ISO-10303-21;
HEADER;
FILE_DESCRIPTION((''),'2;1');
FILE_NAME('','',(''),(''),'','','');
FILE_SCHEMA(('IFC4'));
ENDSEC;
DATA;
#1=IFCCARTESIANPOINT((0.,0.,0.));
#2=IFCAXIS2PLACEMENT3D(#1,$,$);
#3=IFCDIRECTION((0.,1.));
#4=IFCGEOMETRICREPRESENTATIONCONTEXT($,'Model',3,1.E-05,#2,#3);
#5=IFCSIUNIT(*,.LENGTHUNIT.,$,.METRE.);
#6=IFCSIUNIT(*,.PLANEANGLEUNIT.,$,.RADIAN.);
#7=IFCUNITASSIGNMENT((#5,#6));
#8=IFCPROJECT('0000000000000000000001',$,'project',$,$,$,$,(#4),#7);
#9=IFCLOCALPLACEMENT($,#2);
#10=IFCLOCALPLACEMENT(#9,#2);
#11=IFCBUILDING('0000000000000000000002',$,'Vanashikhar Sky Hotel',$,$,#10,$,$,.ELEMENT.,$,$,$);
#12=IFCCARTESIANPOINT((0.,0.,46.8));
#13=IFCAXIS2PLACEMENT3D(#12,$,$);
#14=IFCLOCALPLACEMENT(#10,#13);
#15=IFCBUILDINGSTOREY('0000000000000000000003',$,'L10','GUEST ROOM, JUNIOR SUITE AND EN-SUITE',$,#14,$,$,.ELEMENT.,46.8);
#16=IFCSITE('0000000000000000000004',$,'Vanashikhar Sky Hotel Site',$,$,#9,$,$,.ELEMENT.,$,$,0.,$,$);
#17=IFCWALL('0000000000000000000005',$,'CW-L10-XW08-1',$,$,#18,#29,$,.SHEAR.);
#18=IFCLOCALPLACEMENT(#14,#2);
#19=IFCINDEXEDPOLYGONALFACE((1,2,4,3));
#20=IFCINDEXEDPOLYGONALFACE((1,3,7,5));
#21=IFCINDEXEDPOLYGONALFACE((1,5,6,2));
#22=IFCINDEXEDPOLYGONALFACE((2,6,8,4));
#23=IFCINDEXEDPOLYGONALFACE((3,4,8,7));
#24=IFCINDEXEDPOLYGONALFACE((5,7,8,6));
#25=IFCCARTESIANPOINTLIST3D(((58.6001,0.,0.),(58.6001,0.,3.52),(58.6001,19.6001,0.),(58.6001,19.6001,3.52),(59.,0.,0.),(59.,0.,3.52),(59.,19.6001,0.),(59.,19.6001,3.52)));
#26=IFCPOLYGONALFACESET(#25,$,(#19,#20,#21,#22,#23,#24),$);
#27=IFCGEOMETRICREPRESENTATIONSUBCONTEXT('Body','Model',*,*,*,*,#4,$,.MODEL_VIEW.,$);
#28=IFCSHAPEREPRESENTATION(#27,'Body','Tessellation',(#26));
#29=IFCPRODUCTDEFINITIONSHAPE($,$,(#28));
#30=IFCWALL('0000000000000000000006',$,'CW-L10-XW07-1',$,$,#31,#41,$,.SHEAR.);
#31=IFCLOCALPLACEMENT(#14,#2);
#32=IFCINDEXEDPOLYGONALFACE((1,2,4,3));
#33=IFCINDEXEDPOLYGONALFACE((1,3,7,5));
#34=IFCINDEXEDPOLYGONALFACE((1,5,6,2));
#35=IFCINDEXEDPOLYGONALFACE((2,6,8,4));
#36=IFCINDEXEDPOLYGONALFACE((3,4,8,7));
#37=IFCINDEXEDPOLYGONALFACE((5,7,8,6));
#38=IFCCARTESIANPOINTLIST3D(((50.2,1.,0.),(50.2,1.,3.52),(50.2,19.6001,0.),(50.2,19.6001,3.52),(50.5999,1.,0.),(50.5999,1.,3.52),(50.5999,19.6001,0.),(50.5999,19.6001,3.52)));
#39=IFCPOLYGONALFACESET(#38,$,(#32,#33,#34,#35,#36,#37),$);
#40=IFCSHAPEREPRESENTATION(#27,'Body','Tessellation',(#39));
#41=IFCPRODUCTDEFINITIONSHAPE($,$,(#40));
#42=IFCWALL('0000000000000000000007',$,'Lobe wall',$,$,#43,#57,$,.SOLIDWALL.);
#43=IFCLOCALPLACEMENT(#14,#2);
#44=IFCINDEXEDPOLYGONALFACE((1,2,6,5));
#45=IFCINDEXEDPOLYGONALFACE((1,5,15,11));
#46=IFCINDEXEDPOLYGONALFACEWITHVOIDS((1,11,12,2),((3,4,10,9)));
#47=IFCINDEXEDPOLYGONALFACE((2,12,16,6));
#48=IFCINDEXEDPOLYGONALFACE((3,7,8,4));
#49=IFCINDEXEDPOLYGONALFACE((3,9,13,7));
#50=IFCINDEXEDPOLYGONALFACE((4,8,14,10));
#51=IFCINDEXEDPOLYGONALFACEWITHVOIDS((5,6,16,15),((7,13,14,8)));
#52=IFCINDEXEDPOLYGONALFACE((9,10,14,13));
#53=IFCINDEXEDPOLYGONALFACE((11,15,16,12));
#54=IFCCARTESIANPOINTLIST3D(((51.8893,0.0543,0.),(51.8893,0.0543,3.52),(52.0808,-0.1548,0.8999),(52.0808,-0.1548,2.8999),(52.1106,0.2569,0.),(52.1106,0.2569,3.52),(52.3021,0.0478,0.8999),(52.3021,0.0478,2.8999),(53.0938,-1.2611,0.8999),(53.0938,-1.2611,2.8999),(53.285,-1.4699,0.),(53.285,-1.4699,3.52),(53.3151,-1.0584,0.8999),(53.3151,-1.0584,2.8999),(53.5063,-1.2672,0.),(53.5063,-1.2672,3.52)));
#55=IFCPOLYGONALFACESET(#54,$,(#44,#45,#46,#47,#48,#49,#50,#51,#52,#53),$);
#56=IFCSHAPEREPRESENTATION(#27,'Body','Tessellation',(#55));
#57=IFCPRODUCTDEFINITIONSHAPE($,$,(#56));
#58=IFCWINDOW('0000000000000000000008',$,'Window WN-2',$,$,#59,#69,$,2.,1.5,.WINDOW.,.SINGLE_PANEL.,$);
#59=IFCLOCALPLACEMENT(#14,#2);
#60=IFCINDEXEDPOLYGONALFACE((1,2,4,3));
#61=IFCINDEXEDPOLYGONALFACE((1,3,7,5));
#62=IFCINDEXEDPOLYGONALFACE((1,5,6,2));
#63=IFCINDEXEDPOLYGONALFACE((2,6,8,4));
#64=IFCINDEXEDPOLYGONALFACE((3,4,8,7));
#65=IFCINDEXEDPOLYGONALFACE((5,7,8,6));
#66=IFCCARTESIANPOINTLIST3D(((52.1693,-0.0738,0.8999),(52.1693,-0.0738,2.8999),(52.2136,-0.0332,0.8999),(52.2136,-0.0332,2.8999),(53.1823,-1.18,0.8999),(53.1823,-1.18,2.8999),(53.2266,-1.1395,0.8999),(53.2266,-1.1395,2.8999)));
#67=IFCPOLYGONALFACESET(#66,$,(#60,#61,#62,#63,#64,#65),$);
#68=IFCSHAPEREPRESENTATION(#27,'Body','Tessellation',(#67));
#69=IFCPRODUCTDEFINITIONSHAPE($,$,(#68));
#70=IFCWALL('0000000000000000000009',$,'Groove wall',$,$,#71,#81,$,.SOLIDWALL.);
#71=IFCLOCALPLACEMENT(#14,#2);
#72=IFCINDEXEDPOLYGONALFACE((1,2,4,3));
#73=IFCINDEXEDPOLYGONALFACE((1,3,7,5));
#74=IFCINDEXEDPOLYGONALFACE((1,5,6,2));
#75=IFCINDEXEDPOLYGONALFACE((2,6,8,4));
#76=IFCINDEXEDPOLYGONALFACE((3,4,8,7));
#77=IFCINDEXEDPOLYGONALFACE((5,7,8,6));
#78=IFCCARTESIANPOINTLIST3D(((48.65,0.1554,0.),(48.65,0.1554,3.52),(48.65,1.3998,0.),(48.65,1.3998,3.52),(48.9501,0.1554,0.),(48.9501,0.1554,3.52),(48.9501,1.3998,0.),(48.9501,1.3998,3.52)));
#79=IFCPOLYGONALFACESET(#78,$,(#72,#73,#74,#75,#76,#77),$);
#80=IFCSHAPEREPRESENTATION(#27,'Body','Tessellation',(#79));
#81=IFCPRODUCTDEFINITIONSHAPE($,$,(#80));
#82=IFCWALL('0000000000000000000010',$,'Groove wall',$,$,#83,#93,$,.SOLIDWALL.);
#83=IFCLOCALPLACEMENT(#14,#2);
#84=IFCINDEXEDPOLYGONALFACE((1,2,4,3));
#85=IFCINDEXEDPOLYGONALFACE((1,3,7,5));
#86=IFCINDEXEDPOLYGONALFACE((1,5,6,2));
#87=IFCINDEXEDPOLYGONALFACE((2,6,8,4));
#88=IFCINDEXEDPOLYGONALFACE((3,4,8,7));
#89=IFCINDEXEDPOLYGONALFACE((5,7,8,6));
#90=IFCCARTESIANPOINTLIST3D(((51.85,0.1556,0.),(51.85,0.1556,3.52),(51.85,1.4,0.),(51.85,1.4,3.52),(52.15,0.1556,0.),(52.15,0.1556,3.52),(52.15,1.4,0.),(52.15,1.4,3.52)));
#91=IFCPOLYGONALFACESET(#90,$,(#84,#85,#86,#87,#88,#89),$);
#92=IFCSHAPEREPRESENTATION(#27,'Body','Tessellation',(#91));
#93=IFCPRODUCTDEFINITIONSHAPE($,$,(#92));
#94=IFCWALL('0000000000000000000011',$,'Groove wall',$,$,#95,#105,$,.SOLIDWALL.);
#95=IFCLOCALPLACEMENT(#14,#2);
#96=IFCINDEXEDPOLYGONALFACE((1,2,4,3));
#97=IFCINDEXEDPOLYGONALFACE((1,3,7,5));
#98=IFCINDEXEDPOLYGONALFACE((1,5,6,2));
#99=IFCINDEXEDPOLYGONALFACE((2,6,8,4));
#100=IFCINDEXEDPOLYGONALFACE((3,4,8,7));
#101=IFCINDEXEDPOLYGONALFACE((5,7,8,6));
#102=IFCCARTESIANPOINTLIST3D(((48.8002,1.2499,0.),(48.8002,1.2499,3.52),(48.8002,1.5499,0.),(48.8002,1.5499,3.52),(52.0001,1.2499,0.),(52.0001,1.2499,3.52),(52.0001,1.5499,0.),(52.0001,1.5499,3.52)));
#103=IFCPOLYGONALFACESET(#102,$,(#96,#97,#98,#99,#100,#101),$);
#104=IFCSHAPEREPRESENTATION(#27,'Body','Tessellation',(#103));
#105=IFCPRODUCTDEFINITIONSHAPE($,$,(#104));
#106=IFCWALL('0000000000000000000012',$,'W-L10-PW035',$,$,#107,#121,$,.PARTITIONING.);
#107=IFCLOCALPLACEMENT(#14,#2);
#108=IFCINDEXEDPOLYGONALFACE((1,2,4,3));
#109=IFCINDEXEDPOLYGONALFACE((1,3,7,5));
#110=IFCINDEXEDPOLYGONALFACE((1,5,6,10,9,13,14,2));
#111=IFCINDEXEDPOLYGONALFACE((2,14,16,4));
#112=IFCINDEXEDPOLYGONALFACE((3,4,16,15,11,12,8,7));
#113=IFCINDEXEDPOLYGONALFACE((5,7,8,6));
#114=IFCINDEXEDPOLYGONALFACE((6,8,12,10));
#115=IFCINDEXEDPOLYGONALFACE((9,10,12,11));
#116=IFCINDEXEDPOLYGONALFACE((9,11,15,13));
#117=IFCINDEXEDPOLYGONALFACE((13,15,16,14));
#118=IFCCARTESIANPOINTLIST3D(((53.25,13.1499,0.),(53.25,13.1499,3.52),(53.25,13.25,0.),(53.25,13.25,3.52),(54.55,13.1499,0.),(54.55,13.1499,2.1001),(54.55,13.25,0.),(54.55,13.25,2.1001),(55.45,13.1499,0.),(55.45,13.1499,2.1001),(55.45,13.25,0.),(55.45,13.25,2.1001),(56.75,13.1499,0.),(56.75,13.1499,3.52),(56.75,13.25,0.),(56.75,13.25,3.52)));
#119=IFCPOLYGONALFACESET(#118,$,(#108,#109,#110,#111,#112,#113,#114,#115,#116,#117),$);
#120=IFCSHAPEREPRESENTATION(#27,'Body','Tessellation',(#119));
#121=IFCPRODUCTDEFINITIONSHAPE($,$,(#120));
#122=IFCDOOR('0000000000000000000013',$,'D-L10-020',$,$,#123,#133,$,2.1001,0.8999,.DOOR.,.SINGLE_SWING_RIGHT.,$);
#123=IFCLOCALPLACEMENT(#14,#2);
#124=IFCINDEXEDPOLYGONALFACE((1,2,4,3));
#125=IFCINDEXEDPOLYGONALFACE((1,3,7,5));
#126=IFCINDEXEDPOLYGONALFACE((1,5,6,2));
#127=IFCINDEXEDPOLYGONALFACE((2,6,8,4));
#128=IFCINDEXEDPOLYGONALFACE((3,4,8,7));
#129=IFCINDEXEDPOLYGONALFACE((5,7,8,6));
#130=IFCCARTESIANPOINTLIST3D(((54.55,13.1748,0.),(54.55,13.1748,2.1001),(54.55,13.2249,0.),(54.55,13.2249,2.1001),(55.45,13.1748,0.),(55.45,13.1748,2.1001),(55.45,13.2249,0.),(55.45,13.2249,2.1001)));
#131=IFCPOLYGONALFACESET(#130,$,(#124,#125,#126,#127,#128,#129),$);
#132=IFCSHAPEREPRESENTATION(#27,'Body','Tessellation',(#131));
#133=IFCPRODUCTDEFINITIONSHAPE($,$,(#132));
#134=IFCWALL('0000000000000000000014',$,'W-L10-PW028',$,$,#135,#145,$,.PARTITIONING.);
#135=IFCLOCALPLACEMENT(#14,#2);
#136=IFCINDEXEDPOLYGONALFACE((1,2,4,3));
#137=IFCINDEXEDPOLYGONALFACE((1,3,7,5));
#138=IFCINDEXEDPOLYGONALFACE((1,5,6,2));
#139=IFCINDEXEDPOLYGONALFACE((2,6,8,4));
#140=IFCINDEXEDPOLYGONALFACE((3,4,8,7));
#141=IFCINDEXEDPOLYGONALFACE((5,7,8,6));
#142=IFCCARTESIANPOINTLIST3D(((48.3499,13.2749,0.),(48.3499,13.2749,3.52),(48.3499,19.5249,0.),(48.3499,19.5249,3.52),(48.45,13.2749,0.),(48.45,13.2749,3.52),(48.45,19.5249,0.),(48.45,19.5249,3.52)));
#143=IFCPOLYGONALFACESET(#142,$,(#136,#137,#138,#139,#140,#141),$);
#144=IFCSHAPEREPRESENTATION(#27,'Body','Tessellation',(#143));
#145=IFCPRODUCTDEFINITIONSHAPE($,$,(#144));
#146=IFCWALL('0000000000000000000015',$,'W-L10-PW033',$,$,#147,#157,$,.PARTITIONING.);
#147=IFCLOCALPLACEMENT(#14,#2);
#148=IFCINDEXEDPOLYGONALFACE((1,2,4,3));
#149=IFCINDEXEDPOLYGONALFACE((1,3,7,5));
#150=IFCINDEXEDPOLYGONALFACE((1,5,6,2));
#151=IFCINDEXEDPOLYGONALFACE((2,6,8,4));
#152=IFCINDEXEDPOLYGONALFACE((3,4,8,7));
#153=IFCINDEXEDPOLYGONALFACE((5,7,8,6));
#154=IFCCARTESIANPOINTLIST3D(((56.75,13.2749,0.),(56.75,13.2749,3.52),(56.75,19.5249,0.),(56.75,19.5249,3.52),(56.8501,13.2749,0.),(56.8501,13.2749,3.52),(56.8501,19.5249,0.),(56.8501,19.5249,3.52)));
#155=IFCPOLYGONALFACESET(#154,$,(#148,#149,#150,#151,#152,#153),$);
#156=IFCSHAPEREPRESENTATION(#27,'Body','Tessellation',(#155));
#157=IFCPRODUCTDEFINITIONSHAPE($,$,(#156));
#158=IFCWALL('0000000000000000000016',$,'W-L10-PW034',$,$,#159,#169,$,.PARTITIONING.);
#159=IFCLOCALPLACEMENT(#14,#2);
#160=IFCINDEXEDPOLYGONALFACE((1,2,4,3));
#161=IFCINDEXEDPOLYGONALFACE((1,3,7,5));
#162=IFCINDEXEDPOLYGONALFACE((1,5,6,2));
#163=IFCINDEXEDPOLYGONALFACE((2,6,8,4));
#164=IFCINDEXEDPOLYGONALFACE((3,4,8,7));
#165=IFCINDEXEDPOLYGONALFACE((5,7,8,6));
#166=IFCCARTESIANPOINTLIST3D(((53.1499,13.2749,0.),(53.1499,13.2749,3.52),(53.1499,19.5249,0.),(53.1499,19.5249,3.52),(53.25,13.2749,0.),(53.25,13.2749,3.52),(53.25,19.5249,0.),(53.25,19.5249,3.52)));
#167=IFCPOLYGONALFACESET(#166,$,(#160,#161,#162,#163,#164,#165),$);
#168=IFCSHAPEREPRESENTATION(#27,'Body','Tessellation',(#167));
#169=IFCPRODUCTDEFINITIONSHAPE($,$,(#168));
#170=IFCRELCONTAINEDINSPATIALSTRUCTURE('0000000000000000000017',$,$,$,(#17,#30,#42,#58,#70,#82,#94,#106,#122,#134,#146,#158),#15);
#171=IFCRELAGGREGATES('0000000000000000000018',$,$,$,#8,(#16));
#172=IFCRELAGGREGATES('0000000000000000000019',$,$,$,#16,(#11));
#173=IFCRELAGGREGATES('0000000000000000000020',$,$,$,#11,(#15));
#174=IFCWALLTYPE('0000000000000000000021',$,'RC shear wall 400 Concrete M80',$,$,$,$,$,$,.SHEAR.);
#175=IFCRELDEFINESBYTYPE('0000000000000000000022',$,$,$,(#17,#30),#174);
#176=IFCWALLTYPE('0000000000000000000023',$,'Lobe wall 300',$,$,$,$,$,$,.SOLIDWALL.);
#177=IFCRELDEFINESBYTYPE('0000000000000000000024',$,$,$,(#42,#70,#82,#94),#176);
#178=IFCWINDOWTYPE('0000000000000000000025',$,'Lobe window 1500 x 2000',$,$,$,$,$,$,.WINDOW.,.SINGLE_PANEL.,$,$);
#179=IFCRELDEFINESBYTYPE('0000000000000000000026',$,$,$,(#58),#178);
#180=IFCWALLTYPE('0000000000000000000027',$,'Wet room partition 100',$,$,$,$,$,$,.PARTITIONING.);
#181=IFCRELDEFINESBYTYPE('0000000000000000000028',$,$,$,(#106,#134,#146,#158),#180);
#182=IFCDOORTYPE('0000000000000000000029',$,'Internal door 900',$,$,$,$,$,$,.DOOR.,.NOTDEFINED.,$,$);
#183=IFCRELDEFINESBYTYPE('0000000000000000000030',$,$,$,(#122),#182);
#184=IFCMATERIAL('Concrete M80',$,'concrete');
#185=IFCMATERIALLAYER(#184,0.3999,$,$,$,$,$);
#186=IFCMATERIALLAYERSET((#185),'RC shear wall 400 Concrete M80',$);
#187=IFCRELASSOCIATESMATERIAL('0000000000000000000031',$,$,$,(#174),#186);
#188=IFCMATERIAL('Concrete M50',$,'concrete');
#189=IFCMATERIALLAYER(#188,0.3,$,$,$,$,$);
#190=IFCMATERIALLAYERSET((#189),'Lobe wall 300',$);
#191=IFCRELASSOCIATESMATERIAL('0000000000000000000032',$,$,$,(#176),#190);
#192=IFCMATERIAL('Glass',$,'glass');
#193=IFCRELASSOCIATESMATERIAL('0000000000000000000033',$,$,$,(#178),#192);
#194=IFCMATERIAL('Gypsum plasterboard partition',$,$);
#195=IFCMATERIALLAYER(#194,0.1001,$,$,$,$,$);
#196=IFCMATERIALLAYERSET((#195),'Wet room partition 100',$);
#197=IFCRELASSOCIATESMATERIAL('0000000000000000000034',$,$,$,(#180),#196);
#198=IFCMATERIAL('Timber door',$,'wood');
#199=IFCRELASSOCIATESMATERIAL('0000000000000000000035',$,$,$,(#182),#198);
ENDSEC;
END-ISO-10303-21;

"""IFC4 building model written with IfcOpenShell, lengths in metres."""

from ifc_helpers import new_model, si_unit, direction, frame, frame_2d, origin, place, context, subcontext, project, spatial, rectangle, extrude, source, transform, mapped, material, layer, layer_set, type_object, element, fill, save


model = new_model("IFC4")

# Units and contexts
model_context = context("Model", 3, precision=1e-05, world=origin(), true_north=direction((0.0, 1.0)))
body_context = subcontext(model_context, "Body", "Model", "MODEL_VIEW")
ifc_project = project(units=[si_unit("LENGTHUNIT", "METRE"), si_unit("PLANEANGLEUNIT", "RADIAN")], contexts=[model_context])

# Site, building, storey
site_placement = place(None, origin())
site = spatial("IfcSite", under=ifc_project, at=site_placement, Name="Vanashikhar Sky Hotel Site", CompositionType="ELEMENT", RefElevation=0.0)
building_placement = place(site_placement, origin())
building = spatial("IfcBuilding", under=site, at=building_placement, Name="Vanashikhar Sky Hotel", CompositionType="ELEMENT")
storey_placement = place(building_placement, frame((0.0, 0.0, 46.8)))
storey = spatial("IfcBuildingStorey", under=building, at=storey_placement, Name="L10", Description="GUEST ROOM, JUNIOR SUITE AND EN-SUITE", CompositionType="ELEMENT", Elevation=46.8)

# Walls
ifc_material_1 = material(Name="Concrete M80", Category="concrete")
ifc_layer_1 = layer(ifc_material_1, 0.3999)
ifc_layer_set_1 = layer_set([ifc_layer_1], Name="RC shear wall 400 Concrete M80")
wall_type_1 = type_object("IfcWallType", Name="RC shear wall 400 Concrete M80", PredefinedType="SHEAR", material=ifc_layer_set_1)
shared_shape_1 = source(origin(), body_context, "Body", "SweptSolid", [
    extrude(rectangle(XDim=19.6001, YDim=0.3999, at=frame_2d((9.8, 0.0))), origin(), (0.0, 0.0, 1.0), 3.52),
])
wall_1_placement = place(storey_placement, frame((58.8, 0.0, 0.0), z_axis=(0.0, 0.0, 1.0), x_axis=(0.0, 1.0, 0.0)))
element("IfcWall", 1, at=wall_1_placement, inside=storey, type_object=wall_type_1, Name="CW-L10-XW08-1", PredefinedType="SHEAR", context=body_context, shape_type="MappedRepresentation", body=[
    mapped(shared_shape_1, transform((0.0, 0.0, 0.0), scale=1.0)),
])
shared_shape_2 = source(origin(), body_context, "Body", "SweptSolid", [
    extrude(rectangle(XDim=18.6001, YDim=0.3999, at=frame_2d((9.3, 0.0))), origin(), (0.0, 0.0, 1.0), 3.52),
])
wall_2_placement = place(storey_placement, frame((50.3999, 1.0, 0.0), z_axis=(0.0, 0.0, 1.0), x_axis=(0.0, 1.0, 0.0)))
element("IfcWall", 2, at=wall_2_placement, inside=storey, type_object=wall_type_1, Name="CW-L10-XW07-1", PredefinedType="SHEAR", context=body_context, shape_type="MappedRepresentation", body=[
    mapped(shared_shape_2, transform((0.0, 0.0, 0.0), scale=1.0)),
])

# Wall, opening, window
ifc_material_2 = material(Name="Concrete M50", Category="concrete")
ifc_layer_2 = layer(ifc_material_2, 0.3)
ifc_layer_set_2 = layer_set([ifc_layer_2], Name="Lobe wall 300")
wall_type_2 = type_object("IfcWallType", Name="Lobe wall 300", PredefinedType="SOLIDWALL", material=ifc_layer_set_2)
shared_shape_3 = source(origin(), body_context, "Body", "SweptSolid", [
    extrude(rectangle(XDim=2.0667, YDim=0.3, at=frame_2d((1.0332, 0.0))), origin(), (0.0, 0.0, 1.0), 3.52),
])
wall_3_placement = place(storey_placement, frame((52.0, 0.1555, 0.0), z_axis=(0.0, 0.0, 1.0), x_axis=(0.675355, -0.737492, 0.0)))
wall_3 = element("IfcWall", 3, at=wall_3_placement, inside=storey, type_object=wall_type_2, Name="Lobe wall", PredefinedType="SOLIDWALL", context=body_context, shape_type="MappedRepresentation", body=[
    mapped(shared_shape_3, transform((0.0, 0.0, 0.0), scale=1.0)),
])
shared_shape_4 = source(origin(), body_context, "Body", "SweptSolid", [
    extrude(rectangle(XDim=1.5, YDim=2.0, at=frame_2d((0.75, 1.0))), frame((0.0, 0.1602, 0.0), z_axis=(0.0, -1.0, 0.0), x_axis=(1.0, 0.0, 0.0)), (0.0, 0.0, 1.0), 0.3201),
])
opening_1_placement = place(wall_3_placement, frame((0.2834, 0.0, 0.8999)))
opening_1 = element("IfcOpeningElement", 4, at=opening_1_placement, cuts=wall_3, PredefinedType="OPENING", context=body_context, shape_type="MappedRepresentation", body=[
    mapped(shared_shape_4, transform((0.0, 0.0, 0.0), scale=1.0)),
])
ifc_material_3 = material(Name="Glass", Category="glass")
window_type = type_object("IfcWindowType", Name="Lobe window 1500 x 2000", PartitioningType="SINGLE_PANEL", PredefinedType="WINDOW", material=ifc_material_3)
shared_shape_5 = source(origin(), body_context, "Body", "SweptSolid", [
    extrude(rectangle(XDim=1.5, YDim=2.0, at=frame_2d((0.75, 1.0))), frame((0.0, 0.03, 0.0), z_axis=(0.0, -1.0, 0.0), x_axis=(1.0, 0.0, 0.0)), (0.0, 0.0, 1.0), 0.0601),
])
window_placement = place(opening_1_placement, origin())
window = element("IfcWindow", 5, at=window_placement, inside=storey, type_object=window_type, Name="Window WN-2", OverallHeight=2.0, OverallWidth=1.5, PartitioningType="SINGLE_PANEL", PredefinedType="WINDOW", context=body_context, shape_type="MappedRepresentation", body=[
    mapped(shared_shape_5, transform((0.0, 0.0, 0.0), scale=1.0)),
])
fill(opening_1, window)

# Walls
shared_shape_6 = source(origin(), body_context, "Body", "SweptSolid", [
    extrude(rectangle(XDim=1.2444, YDim=0.3, at=frame_2d((0.6221, 0.0))), origin(), (0.0, 0.0, 1.0), 3.52),
])
for number, where, z_axis, x_axis, name in (
    (6, (48.8, 0.1555, 0.0), (0.0, 0.0, 1.0), (0.0, 1.0, 0.0), "Groove wall"),
    (7, (52.0, 1.3999, 0.0), (0.0, 0.0, 1.0), (0.0, -1.0, 0.0), "Groove wall"),
):
    element("IfcWall", number, at=place(storey_placement, frame(where, z_axis=z_axis, x_axis=x_axis)), inside=storey, type_object=wall_type_2, Name=name, PredefinedType="SOLIDWALL", context=body_context, shape_type="MappedRepresentation", body=[
        mapped(shared_shape_6, transform((0.0, 0.0, 0.0), scale=1.0)),
    ])
shared_shape_7 = source(origin(), body_context, "Body", "SweptSolid", [
    extrude(rectangle(XDim=3.2, YDim=0.3, at=frame_2d((1.6001, 0.0))), origin(), (0.0, 0.0, 1.0), 3.52),
])
wall_4_placement = place(storey_placement, frame((48.8, 1.3999, 0.0), z_axis=(0.0, 0.0, 1.0), x_axis=(1.0, 0.0, 0.0)))
element("IfcWall", 8, at=wall_4_placement, inside=storey, type_object=wall_type_2, Name="Groove wall", PredefinedType="SOLIDWALL", context=body_context, shape_type="MappedRepresentation", body=[
    mapped(shared_shape_7, transform((0.0, 0.0, 0.0), scale=1.0)),
])

# Wall, opening, door
ifc_material_4 = material(Name="Gypsum plasterboard partition")
ifc_layer_3 = layer(ifc_material_4, 0.1001)
ifc_layer_set_3 = layer_set([ifc_layer_3], Name="Wet room partition 100")
wall_type_3 = type_object("IfcWallType", Name="Wet room partition 100", PredefinedType="PARTITIONING", material=ifc_layer_set_3)
shared_shape_8 = source(origin(), body_context, "Body", "SweptSolid", [
    extrude(rectangle(XDim=3.5, YDim=0.1001, at=frame_2d((1.75, 0.0))), origin(), (0.0, 0.0, 1.0), 3.52),
])
wall_5_placement = place(storey_placement, frame((53.25, 13.2, 0.0), z_axis=(0.0, 0.0, 1.0), x_axis=(1.0, 0.0, 0.0)))
wall_5 = element("IfcWall", 9, at=wall_5_placement, inside=storey, type_object=wall_type_3, Name="W-L10-PW035", PredefinedType="PARTITIONING", context=body_context, shape_type="MappedRepresentation", body=[
    mapped(shared_shape_8, transform((0.0, 0.0, 0.0), scale=1.0)),
])
shared_shape_9 = source(origin(), body_context, "Body", "SweptSolid", [
    extrude(rectangle(XDim=0.8999, YDim=2.1001, at=frame_2d((0.45, 1.05))), frame((0.0, 0.0601, 0.0), z_axis=(0.0, -1.0, 0.0), x_axis=(1.0, 0.0, 0.0)), (0.0, 0.0, 1.0), 0.1201),
])
opening_2_placement = place(wall_5_placement, frame((1.3, 0.0, 0.0)))
opening_2 = element("IfcOpeningElement", 10, at=opening_2_placement, cuts=wall_5, PredefinedType="OPENING", context=body_context, shape_type="MappedRepresentation", body=[
    mapped(shared_shape_9, transform((0.0, 0.0, 0.0), scale=1.0)),
])
ifc_material_5 = material(Name="Timber door", Category="wood")
door_type = type_object("IfcDoorType", Name="Internal door 900", OperationType="NOTDEFINED", PredefinedType="DOOR", material=ifc_material_5)
shared_shape_10 = source(origin(), body_context, "Body", "SweptSolid", [
    extrude(rectangle(XDim=0.8999, YDim=2.1001, at=frame_2d((0.45, 1.05))), frame((0.0, 0.0249, 0.0), z_axis=(0.0, -1.0, 0.0), x_axis=(1.0, 0.0, 0.0)), (0.0, 0.0, 1.0), 0.05),
])
door_1_placement = place(opening_2_placement, origin())
door_1 = element("IfcDoor", 11, at=door_1_placement, inside=storey, type_object=door_type, Name="D-L10-020", OperationType="SINGLE_SWING_RIGHT", OverallHeight=2.1001, OverallWidth=0.8999, PredefinedType="DOOR", context=body_context, shape_type="MappedRepresentation", body=[
    mapped(shared_shape_10, transform((0.0, 0.0, 0.0), scale=1.0)),
])
fill(opening_2, door_1)

# Walls
shared_shape_11 = source(origin(), body_context, "Body", "SweptSolid", [
    extrude(rectangle(XDim=6.25, YDim=0.1001, at=frame_2d((3.125, 0.0))), origin(), (0.0, 0.0, 1.0), 3.52),
])
for number, where, z_axis, x_axis, name in (
    (12, (48.3999, 13.2749, 0.0), (0.0, 0.0, 1.0), (0.0, 1.0, 0.0), "W-L10-PW028"),
    (13, (56.8, 13.2749, 0.0), (0.0, 0.0, 1.0), (0.0, 1.0, 0.0), "W-L10-PW033"),
    (14, (53.2, 13.2749, 0.0), (0.0, 0.0, 1.0), (0.0, 1.0, 0.0), "W-L10-PW034"),
):
    element("IfcWall", number, at=place(storey_placement, frame(where, z_axis=z_axis, x_axis=x_axis)), inside=storey, type_object=wall_type_3, Name=name, PredefinedType="PARTITIONING", context=body_context, shape_type="MappedRepresentation", body=[
        mapped(shared_shape_11, transform((0.0, 0.0, 0.0), scale=1.0)),
    ])

save(model, "model.ifc")
